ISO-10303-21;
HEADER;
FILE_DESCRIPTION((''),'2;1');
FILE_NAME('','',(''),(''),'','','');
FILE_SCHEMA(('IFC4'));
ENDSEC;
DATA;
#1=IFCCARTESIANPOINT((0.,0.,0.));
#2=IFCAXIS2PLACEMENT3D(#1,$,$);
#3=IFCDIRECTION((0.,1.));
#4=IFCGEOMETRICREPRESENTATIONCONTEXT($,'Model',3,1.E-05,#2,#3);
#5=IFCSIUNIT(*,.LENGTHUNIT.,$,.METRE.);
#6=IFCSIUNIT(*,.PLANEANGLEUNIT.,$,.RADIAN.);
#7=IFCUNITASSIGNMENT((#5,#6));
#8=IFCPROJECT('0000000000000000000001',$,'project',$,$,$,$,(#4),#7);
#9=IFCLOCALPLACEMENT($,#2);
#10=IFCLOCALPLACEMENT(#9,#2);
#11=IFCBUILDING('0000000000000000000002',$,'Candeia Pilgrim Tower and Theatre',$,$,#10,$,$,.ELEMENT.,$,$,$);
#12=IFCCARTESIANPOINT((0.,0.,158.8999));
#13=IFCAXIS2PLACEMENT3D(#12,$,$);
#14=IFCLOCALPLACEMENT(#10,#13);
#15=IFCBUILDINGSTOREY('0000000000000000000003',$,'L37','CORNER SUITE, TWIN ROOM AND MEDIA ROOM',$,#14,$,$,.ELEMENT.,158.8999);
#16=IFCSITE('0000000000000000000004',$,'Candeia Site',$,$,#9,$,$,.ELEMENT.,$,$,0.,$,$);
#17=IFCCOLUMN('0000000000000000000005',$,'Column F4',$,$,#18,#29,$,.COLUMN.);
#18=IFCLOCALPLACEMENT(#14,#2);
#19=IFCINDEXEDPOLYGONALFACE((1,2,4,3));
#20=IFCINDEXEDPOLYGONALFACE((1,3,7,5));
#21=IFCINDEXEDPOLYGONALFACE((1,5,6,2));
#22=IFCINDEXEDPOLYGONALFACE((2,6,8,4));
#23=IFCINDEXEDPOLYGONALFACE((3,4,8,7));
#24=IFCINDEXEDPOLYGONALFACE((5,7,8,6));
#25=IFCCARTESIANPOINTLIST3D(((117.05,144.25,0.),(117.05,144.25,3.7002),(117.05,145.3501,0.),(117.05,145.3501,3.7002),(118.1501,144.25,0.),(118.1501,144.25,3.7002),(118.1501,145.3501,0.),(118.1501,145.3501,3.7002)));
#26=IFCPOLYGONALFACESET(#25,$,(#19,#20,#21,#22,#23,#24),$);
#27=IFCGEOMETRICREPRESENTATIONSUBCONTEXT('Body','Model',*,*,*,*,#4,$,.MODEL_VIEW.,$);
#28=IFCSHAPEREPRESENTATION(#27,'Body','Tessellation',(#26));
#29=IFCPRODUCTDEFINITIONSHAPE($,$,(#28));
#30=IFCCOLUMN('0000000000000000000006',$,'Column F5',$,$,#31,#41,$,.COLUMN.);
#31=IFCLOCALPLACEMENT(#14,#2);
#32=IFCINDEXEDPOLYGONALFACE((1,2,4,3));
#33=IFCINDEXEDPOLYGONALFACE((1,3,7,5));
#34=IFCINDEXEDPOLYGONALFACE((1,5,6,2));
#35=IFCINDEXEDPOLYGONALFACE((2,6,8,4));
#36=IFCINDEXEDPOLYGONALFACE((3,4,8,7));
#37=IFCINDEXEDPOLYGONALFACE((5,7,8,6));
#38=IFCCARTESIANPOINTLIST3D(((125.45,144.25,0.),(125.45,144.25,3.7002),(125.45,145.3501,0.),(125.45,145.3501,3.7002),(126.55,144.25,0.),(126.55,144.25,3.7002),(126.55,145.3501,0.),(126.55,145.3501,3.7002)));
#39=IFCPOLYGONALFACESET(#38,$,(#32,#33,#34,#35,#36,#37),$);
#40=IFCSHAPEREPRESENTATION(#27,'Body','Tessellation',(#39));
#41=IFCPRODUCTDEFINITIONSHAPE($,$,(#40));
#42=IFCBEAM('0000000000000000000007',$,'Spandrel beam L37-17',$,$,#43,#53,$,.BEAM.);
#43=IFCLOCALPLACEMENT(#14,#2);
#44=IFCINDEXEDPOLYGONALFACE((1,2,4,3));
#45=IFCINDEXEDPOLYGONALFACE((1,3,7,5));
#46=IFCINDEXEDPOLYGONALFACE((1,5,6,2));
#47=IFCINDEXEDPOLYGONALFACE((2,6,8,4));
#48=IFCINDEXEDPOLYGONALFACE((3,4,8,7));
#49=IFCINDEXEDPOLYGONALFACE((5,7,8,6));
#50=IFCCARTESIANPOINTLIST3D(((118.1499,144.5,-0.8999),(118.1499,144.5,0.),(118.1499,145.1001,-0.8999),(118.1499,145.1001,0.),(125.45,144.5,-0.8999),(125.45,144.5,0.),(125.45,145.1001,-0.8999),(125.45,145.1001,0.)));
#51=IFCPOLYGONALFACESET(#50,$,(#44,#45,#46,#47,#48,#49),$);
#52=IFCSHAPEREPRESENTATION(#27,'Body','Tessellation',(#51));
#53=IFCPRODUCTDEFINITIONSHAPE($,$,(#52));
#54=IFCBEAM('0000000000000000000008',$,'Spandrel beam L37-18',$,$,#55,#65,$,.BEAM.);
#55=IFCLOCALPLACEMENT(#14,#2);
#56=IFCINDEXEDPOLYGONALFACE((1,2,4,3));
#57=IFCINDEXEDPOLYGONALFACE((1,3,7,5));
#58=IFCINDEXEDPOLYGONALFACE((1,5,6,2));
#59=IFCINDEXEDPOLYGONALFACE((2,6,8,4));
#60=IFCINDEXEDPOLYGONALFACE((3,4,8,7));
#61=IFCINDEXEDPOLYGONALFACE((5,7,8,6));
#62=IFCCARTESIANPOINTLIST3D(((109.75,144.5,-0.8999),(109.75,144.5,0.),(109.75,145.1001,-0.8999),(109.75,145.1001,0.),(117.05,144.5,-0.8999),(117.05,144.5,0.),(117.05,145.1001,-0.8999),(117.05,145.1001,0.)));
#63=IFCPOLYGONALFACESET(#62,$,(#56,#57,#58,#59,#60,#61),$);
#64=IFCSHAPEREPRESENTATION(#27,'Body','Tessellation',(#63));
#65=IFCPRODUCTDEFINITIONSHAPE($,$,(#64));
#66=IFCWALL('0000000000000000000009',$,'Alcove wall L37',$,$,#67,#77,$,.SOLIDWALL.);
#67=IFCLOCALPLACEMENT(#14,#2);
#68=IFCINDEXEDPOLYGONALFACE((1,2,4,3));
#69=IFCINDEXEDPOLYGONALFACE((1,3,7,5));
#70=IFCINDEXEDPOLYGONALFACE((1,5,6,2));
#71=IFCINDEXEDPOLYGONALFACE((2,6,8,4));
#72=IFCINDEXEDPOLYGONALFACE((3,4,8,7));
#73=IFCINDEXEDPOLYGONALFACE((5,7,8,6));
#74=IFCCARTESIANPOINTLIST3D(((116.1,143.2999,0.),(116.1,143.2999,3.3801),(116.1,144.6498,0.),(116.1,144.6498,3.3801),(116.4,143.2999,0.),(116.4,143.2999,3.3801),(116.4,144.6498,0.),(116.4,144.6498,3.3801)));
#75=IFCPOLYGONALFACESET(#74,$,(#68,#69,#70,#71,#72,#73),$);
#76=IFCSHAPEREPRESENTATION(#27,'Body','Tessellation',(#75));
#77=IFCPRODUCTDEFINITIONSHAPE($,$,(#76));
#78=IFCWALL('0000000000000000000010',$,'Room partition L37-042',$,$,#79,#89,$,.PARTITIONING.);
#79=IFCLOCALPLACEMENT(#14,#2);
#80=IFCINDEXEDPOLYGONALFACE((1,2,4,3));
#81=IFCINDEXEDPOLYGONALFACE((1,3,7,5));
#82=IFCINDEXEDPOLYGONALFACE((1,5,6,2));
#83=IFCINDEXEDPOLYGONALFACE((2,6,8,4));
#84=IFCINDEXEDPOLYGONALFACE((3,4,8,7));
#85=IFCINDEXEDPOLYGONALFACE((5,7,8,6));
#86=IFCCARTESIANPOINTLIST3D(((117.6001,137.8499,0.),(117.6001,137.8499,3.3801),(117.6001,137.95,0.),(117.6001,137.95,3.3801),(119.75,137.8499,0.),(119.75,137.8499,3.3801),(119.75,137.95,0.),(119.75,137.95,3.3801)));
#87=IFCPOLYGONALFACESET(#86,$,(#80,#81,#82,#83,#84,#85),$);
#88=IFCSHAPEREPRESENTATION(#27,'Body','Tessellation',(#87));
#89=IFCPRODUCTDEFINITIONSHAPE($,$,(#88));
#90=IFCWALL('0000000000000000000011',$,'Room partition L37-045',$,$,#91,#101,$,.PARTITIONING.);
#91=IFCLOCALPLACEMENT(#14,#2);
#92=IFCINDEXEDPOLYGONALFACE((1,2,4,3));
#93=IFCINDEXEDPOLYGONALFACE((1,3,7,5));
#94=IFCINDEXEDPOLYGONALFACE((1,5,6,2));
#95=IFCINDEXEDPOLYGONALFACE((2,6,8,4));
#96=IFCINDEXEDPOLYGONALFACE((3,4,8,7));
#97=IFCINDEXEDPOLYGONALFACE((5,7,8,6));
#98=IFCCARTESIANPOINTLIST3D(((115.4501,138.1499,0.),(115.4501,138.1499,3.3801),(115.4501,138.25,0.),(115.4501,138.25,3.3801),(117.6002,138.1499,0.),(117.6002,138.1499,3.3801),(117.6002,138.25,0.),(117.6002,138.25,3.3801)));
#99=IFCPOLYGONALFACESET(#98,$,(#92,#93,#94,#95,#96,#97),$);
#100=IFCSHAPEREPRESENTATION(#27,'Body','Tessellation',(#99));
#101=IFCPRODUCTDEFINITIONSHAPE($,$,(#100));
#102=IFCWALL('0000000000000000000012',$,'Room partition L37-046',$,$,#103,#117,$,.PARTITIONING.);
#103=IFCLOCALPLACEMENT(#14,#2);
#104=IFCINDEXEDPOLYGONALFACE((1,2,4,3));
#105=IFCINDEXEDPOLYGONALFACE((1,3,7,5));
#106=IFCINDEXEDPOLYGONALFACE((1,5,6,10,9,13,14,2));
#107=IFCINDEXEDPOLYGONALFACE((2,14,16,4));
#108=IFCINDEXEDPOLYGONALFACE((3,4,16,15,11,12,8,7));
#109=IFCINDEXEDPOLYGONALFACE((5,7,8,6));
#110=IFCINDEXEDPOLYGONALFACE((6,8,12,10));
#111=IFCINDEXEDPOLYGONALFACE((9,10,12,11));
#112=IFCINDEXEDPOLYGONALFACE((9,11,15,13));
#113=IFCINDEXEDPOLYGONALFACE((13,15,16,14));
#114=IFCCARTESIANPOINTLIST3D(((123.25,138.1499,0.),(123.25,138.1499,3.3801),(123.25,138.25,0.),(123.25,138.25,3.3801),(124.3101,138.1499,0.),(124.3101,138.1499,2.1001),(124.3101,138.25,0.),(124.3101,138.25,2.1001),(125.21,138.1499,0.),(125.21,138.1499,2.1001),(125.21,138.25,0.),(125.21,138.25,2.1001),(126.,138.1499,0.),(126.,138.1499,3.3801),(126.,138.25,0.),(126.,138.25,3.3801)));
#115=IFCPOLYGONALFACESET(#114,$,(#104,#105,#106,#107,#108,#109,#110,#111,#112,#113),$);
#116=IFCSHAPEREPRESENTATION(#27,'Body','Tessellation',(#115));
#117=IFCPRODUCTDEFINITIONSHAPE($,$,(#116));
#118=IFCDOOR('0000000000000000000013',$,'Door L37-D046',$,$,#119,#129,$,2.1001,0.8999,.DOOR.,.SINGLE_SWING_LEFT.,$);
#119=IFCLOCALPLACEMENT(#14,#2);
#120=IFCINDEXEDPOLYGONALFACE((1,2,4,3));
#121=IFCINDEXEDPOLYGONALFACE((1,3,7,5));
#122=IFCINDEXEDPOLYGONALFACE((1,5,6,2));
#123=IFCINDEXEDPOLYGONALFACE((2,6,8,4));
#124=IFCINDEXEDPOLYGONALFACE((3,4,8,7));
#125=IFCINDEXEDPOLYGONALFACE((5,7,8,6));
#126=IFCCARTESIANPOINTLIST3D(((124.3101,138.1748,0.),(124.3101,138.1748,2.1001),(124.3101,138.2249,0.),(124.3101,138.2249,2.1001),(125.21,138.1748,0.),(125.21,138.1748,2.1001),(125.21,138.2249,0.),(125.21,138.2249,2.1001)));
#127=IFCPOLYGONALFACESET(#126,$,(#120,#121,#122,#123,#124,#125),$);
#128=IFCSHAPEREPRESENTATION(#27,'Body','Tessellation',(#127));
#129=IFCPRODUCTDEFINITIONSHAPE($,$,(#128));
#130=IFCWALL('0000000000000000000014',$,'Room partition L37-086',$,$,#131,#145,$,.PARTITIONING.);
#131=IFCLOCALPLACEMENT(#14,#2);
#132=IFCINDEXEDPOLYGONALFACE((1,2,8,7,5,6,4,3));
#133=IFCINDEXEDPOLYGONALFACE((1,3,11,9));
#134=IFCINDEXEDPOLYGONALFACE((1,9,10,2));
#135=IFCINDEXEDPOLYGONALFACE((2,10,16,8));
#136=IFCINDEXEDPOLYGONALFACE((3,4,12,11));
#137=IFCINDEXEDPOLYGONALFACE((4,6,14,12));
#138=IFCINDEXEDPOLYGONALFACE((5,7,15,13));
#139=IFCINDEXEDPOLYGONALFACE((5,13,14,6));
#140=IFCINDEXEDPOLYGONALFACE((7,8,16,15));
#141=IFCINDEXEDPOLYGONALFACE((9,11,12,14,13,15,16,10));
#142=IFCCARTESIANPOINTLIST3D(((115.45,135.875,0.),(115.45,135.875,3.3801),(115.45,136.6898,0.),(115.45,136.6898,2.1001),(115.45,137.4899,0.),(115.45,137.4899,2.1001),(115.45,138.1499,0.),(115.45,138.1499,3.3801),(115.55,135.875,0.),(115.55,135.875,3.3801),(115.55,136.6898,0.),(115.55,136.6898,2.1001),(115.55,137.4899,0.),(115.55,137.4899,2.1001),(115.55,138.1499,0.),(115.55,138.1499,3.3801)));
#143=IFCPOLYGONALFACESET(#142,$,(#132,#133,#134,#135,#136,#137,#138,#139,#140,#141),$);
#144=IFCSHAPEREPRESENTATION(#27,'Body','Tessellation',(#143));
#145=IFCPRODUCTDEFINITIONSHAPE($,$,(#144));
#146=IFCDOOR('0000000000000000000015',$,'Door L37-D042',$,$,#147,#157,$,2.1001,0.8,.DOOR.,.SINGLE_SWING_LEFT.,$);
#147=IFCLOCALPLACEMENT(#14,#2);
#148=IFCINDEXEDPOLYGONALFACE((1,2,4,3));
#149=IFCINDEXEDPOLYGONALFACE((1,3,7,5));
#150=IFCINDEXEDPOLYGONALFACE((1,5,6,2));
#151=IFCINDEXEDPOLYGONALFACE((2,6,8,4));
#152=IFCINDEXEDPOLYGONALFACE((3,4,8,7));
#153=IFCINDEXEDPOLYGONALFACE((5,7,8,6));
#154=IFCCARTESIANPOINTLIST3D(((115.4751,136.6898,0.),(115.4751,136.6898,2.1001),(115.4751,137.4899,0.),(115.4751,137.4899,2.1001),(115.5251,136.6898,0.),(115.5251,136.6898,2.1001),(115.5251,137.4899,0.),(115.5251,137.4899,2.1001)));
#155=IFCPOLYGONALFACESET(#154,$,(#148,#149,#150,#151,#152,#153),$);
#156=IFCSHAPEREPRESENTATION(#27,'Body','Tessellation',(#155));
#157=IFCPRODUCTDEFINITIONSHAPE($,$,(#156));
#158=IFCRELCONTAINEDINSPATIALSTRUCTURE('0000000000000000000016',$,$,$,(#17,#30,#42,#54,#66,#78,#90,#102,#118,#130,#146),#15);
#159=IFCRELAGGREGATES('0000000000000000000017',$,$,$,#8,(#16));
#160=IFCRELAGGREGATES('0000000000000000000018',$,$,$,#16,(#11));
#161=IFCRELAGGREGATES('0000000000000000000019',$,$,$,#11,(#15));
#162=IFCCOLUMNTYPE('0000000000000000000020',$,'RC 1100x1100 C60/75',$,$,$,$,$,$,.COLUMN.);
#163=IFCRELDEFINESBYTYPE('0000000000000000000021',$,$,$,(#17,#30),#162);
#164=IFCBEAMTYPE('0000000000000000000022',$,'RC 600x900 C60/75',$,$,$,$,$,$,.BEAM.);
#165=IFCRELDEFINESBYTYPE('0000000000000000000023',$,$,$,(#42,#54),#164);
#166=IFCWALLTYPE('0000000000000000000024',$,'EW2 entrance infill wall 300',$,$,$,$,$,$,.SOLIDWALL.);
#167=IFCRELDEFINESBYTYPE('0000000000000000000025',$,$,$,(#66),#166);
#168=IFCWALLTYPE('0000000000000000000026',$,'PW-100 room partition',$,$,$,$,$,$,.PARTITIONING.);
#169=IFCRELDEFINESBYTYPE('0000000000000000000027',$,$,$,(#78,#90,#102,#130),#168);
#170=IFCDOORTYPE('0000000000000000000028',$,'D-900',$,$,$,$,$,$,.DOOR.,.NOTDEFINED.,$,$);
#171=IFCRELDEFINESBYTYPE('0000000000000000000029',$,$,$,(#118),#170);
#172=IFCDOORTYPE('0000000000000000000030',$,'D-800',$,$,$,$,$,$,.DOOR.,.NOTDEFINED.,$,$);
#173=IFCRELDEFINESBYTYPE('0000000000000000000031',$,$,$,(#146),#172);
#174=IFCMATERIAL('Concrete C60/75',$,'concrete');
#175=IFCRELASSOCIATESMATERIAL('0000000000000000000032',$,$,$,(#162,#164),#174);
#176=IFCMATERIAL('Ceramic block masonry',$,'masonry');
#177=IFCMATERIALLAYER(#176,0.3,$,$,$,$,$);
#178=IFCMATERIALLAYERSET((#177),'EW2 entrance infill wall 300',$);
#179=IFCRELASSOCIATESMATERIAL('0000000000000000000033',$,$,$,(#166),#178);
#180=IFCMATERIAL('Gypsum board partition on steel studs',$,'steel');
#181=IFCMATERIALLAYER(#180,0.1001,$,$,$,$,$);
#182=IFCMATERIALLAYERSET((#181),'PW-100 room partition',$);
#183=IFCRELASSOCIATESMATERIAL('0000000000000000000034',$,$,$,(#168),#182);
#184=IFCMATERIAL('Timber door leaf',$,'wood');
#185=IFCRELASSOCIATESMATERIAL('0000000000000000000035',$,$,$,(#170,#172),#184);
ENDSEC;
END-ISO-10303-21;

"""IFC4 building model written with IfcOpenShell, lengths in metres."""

from ifc_helpers import new_model, si_unit, direction, frame, frame_2d, origin, origin_2d, place, context, subcontext, project, spatial, rectangle, extrude, material, layer, layer_set, material_profile, profile_set, type_object, element, fill, save


model = new_model("IFC4")

# Units and contexts
model_context = context("Model", 3, precision=1e-05, world=origin(), true_north=direction((0.0, 1.0)))
body_context = subcontext(model_context, "Body", "Model", "MODEL_VIEW")
ifc_project = project(units=[si_unit("LENGTHUNIT", "METRE"), si_unit("PLANEANGLEUNIT", "RADIAN")], contexts=[model_context])

# Site, building, storey
site_placement = place(None, origin())
site = spatial("IfcSite", under=ifc_project, at=site_placement, Name="Candeia Site", CompositionType="ELEMENT", RefElevation=0.0)
building_placement = place(site_placement, origin())
building = spatial("IfcBuilding", under=site, at=building_placement, Name="Candeia Pilgrim Tower and Theatre", CompositionType="ELEMENT")
storey_placement = place(building_placement, frame((0.0, 0.0, 158.8999)))
storey = spatial("IfcBuildingStorey", under=building, at=storey_placement, Name="L37", Description="CORNER SUITE, TWIN ROOM AND MEDIA ROOM", CompositionType="ELEMENT", Elevation=158.8999)

# Columns
ifc_material_1 = material(Name="Concrete C60/75", Category="concrete")
ifc_material_profile_1 = material_profile(ifc_material_1, rectangle(XDim=1.1001, YDim=1.1001, at=origin_2d()))
ifc_profile_set_1 = profile_set([ifc_material_profile_1], Name="Concrete C60/75")
column_type = type_object("IfcColumnType", Name="RC 1100x1100 C60/75", PredefinedType="COLUMN", material=ifc_profile_set_1)
for number, where, z_axis, x_axis, name in (
    (1, (117.6001, 144.8, 0.0), (0.0, 0.0, 1.0), (1.0, 0.0, 0.0), "Column F4"),
    (2, (126.0, 144.8, 0.0), (0.0, 0.0, 1.0), (1.0, 0.0, 0.0), "Column F5"),
):
    element("IfcColumn", number, at=place(storey_placement, frame(where, z_axis=z_axis, x_axis=x_axis)), inside=storey, type_object=column_type, Name=name, PredefinedType="COLUMN", context=body_context, shape_type="SweptSolid", body=[
        extrude(rectangle(XDim=1.1001, YDim=1.1001, at=origin_2d()), origin(), (0.0, 0.0, 1.0), 3.7002),
    ])

# Beams
ifc_material_profile_2 = material_profile(ifc_material_1, rectangle(XDim=0.6001, YDim=0.8999, at=origin_2d()))
ifc_profile_set_2 = profile_set([ifc_material_profile_2], Name="Concrete C60/75")
beam_type = type_object("IfcBeamType", Name="RC 600x900 C60/75", PredefinedType="BEAM", material=ifc_profile_set_2)
for number, where, z_axis, x_axis, name in (
    (3, (125.45, 144.8, -0.45), (-1.0, 0.0, 0.0), (0.0, -1.0, 0.0), "Spandrel beam L37-17"),
    (4, (117.05, 144.8, -0.45), (-1.0, 0.0, 0.0), (0.0, -1.0, 0.0), "Spandrel beam L37-18"),
):
    element("IfcBeam", number, at=place(storey_placement, frame(where, z_axis=z_axis, x_axis=x_axis)), inside=storey, type_object=beam_type, Name=name, PredefinedType="BEAM", context=body_context, shape_type="SweptSolid", body=[
        extrude(rectangle(XDim=0.6001, YDim=0.8999, at=origin_2d()), origin(), (0.0, 0.0, 1.0), 7.3),
    ])

# Wall
ifc_material_2 = material(Name="Ceramic block masonry", Category="masonry")
ifc_layer_1 = layer(ifc_material_2, 0.3)
ifc_layer_set_1 = layer_set([ifc_layer_1], Name="EW2 entrance infill wall 300")
wall_type_1 = type_object("IfcWallType", Name="EW2 entrance infill wall 300", PredefinedType="SOLIDWALL", material=ifc_layer_set_1)
wall_1_placement = place(storey_placement, frame((116.25, 143.3, 0.0), z_axis=(0.0, 0.0, 1.0), x_axis=(0.0, 1.0, 0.0)))
element("IfcWall", 5, at=wall_1_placement, inside=storey, type_object=wall_type_1, Name="Alcove wall L37", PredefinedType="SOLIDWALL", context=body_context, shape_type="SweptSolid", body=[
    extrude(rectangle(XDim=1.3499, YDim=0.3, at=frame_2d((0.6748, 0.0))), origin(), (0.0, 0.0, 1.0), 3.3801),
])

# Walls
ifc_material_3 = material(Name="Gypsum board partition on steel studs", Category="steel")
ifc_layer_2 = layer(ifc_material_3, 0.1001)
ifc_layer_set_2 = layer_set([ifc_layer_2], Name="PW-100 room partition")
wall_type_2 = type_object("IfcWallType", Name="PW-100 room partition", PredefinedType="PARTITIONING", material=ifc_layer_set_2)
wall_2_placement = place(storey_placement, frame((117.6001, 137.8999, 0.0), z_axis=(0.0, 0.0, 1.0), x_axis=(1.0, 0.0, 0.0)))
element("IfcWall", 6, at=wall_2_placement, inside=storey, type_object=wall_type_2, Name="Room partition L37-042", PredefinedType="PARTITIONING", context=body_context, shape_type="SweptSolid", body=[
    extrude(rectangle(XDim=2.1499, YDim=0.1001, at=frame_2d((1.075, 0.0))), origin(), (0.0, 0.0, 1.0), 3.3801),
])
wall_3_placement = place(storey_placement, frame((115.45, 138.2, 0.0), z_axis=(0.0, 0.0, 1.0), x_axis=(1.0, 0.0, 0.0)))
element("IfcWall", 7, at=wall_3_placement, inside=storey, type_object=wall_type_2, Name="Room partition L37-045", PredefinedType="PARTITIONING", context=body_context, shape_type="SweptSolid", body=[
    extrude(rectangle(XDim=2.1501, YDim=0.1001, at=frame_2d((1.0752, 0.0))), origin(), (0.0, 0.0, 1.0), 3.3801),
])

# Walls, openings, doors
wall_4_placement = place(storey_placement, frame((123.25, 138.2, 0.0), z_axis=(0.0, 0.0, 1.0), x_axis=(1.0, 0.0, 0.0)))
wall_4 = element("IfcWall", 8, at=wall_4_placement, inside=storey, type_object=wall_type_2, Name="Room partition L37-046", PredefinedType="PARTITIONING", context=body_context, shape_type="SweptSolid", body=[
    extrude(rectangle(XDim=2.75, YDim=0.1001, at=frame_2d((1.375, 0.0))), origin(), (0.0, 0.0, 1.0), 3.3801),
])
opening_1_placement = place(wall_4_placement, frame((1.0601, 0.0, 0.0)))
opening_1 = element("IfcOpeningElement", 9, at=opening_1_placement, cuts=wall_4, PredefinedType="OPENING", context=body_context, shape_type="SweptSolid", body=[
    extrude(rectangle(XDim=0.8999, YDim=2.1001, at=frame_2d((0.45, 1.05))), frame((0.0, 0.0601, 0.0), z_axis=(0.0, -1.0, 0.0), x_axis=(1.0, 0.0, 0.0)), (0.0, 0.0, 1.0), 0.1201),
])
ifc_material_4 = material(Name="Timber door leaf", Category="wood")
door_type_1 = type_object("IfcDoorType", Name="D-900", OperationType="NOTDEFINED", PredefinedType="DOOR", material=ifc_material_4)
door_1_placement = place(opening_1_placement, origin())
door_1 = element("IfcDoor", 10, at=door_1_placement, inside=storey, type_object=door_type_1, Name="Door L37-D046", OperationType="SINGLE_SWING_LEFT", OverallHeight=2.1001, OverallWidth=0.8999, PredefinedType="DOOR", context=body_context, shape_type="SweptSolid", body=[
    extrude(rectangle(XDim=0.8999, YDim=2.1001, at=frame_2d((0.45, 1.05))), frame((0.0, 0.0249, 0.0), z_axis=(0.0, -1.0, 0.0), x_axis=(1.0, 0.0, 0.0)), (0.0, 0.0, 1.0), 0.05),
])
fill(opening_1, door_1)
wall_5_placement = place(storey_placement, frame((115.5, 135.875, 0.0), z_axis=(0.0, 0.0, 1.0), x_axis=(0.0, 1.0, 0.0)))
wall_5 = element("IfcWall", 11, at=wall_5_placement, inside=storey, type_object=wall_type_2, Name="Room partition L37-086", PredefinedType="PARTITIONING", context=body_context, shape_type="SweptSolid", body=[
    extrude(rectangle(XDim=2.2749, YDim=0.1001, at=frame_2d((1.1375, 0.0))), origin(), (0.0, 0.0, 1.0), 3.3801),
])
opening_2_placement = place(wall_5_placement, frame((0.8149, 0.0, 0.0)))
opening_2 = element("IfcOpeningElement", 12, at=opening_2_placement, cuts=wall_5, PredefinedType="OPENING", context=body_context, shape_type="SweptSolid", body=[
    extrude(rectangle(XDim=0.8, YDim=2.1001, at=frame_2d((0.3999, 1.05))), frame((0.0, 0.0601, 0.0), z_axis=(0.0, -1.0, 0.0), x_axis=(1.0, 0.0, 0.0)), (0.0, 0.0, 1.0), 0.1201),
])
door_type_2 = type_object("IfcDoorType", Name="D-800", OperationType="NOTDEFINED", PredefinedType="DOOR", material=ifc_material_4)
door_2_placement = place(opening_2_placement, origin())
door_2 = element("IfcDoor", 13, at=door_2_placement, inside=storey, type_object=door_type_2, Name="Door L37-D042", OperationType="SINGLE_SWING_LEFT", OverallHeight=2.1001, OverallWidth=0.8, PredefinedType="DOOR", context=body_context, shape_type="SweptSolid", body=[
    extrude(rectangle(XDim=0.8, YDim=2.1001, at=frame_2d((0.3999, 1.05))), frame((0.0, 0.0249, 0.0), z_axis=(0.0, -1.0, 0.0), x_axis=(1.0, 0.0, 0.0)), (0.0, 0.0, 1.0), 0.05),
])
fill(opening_2, door_2)

save(model, "model.ifc")
